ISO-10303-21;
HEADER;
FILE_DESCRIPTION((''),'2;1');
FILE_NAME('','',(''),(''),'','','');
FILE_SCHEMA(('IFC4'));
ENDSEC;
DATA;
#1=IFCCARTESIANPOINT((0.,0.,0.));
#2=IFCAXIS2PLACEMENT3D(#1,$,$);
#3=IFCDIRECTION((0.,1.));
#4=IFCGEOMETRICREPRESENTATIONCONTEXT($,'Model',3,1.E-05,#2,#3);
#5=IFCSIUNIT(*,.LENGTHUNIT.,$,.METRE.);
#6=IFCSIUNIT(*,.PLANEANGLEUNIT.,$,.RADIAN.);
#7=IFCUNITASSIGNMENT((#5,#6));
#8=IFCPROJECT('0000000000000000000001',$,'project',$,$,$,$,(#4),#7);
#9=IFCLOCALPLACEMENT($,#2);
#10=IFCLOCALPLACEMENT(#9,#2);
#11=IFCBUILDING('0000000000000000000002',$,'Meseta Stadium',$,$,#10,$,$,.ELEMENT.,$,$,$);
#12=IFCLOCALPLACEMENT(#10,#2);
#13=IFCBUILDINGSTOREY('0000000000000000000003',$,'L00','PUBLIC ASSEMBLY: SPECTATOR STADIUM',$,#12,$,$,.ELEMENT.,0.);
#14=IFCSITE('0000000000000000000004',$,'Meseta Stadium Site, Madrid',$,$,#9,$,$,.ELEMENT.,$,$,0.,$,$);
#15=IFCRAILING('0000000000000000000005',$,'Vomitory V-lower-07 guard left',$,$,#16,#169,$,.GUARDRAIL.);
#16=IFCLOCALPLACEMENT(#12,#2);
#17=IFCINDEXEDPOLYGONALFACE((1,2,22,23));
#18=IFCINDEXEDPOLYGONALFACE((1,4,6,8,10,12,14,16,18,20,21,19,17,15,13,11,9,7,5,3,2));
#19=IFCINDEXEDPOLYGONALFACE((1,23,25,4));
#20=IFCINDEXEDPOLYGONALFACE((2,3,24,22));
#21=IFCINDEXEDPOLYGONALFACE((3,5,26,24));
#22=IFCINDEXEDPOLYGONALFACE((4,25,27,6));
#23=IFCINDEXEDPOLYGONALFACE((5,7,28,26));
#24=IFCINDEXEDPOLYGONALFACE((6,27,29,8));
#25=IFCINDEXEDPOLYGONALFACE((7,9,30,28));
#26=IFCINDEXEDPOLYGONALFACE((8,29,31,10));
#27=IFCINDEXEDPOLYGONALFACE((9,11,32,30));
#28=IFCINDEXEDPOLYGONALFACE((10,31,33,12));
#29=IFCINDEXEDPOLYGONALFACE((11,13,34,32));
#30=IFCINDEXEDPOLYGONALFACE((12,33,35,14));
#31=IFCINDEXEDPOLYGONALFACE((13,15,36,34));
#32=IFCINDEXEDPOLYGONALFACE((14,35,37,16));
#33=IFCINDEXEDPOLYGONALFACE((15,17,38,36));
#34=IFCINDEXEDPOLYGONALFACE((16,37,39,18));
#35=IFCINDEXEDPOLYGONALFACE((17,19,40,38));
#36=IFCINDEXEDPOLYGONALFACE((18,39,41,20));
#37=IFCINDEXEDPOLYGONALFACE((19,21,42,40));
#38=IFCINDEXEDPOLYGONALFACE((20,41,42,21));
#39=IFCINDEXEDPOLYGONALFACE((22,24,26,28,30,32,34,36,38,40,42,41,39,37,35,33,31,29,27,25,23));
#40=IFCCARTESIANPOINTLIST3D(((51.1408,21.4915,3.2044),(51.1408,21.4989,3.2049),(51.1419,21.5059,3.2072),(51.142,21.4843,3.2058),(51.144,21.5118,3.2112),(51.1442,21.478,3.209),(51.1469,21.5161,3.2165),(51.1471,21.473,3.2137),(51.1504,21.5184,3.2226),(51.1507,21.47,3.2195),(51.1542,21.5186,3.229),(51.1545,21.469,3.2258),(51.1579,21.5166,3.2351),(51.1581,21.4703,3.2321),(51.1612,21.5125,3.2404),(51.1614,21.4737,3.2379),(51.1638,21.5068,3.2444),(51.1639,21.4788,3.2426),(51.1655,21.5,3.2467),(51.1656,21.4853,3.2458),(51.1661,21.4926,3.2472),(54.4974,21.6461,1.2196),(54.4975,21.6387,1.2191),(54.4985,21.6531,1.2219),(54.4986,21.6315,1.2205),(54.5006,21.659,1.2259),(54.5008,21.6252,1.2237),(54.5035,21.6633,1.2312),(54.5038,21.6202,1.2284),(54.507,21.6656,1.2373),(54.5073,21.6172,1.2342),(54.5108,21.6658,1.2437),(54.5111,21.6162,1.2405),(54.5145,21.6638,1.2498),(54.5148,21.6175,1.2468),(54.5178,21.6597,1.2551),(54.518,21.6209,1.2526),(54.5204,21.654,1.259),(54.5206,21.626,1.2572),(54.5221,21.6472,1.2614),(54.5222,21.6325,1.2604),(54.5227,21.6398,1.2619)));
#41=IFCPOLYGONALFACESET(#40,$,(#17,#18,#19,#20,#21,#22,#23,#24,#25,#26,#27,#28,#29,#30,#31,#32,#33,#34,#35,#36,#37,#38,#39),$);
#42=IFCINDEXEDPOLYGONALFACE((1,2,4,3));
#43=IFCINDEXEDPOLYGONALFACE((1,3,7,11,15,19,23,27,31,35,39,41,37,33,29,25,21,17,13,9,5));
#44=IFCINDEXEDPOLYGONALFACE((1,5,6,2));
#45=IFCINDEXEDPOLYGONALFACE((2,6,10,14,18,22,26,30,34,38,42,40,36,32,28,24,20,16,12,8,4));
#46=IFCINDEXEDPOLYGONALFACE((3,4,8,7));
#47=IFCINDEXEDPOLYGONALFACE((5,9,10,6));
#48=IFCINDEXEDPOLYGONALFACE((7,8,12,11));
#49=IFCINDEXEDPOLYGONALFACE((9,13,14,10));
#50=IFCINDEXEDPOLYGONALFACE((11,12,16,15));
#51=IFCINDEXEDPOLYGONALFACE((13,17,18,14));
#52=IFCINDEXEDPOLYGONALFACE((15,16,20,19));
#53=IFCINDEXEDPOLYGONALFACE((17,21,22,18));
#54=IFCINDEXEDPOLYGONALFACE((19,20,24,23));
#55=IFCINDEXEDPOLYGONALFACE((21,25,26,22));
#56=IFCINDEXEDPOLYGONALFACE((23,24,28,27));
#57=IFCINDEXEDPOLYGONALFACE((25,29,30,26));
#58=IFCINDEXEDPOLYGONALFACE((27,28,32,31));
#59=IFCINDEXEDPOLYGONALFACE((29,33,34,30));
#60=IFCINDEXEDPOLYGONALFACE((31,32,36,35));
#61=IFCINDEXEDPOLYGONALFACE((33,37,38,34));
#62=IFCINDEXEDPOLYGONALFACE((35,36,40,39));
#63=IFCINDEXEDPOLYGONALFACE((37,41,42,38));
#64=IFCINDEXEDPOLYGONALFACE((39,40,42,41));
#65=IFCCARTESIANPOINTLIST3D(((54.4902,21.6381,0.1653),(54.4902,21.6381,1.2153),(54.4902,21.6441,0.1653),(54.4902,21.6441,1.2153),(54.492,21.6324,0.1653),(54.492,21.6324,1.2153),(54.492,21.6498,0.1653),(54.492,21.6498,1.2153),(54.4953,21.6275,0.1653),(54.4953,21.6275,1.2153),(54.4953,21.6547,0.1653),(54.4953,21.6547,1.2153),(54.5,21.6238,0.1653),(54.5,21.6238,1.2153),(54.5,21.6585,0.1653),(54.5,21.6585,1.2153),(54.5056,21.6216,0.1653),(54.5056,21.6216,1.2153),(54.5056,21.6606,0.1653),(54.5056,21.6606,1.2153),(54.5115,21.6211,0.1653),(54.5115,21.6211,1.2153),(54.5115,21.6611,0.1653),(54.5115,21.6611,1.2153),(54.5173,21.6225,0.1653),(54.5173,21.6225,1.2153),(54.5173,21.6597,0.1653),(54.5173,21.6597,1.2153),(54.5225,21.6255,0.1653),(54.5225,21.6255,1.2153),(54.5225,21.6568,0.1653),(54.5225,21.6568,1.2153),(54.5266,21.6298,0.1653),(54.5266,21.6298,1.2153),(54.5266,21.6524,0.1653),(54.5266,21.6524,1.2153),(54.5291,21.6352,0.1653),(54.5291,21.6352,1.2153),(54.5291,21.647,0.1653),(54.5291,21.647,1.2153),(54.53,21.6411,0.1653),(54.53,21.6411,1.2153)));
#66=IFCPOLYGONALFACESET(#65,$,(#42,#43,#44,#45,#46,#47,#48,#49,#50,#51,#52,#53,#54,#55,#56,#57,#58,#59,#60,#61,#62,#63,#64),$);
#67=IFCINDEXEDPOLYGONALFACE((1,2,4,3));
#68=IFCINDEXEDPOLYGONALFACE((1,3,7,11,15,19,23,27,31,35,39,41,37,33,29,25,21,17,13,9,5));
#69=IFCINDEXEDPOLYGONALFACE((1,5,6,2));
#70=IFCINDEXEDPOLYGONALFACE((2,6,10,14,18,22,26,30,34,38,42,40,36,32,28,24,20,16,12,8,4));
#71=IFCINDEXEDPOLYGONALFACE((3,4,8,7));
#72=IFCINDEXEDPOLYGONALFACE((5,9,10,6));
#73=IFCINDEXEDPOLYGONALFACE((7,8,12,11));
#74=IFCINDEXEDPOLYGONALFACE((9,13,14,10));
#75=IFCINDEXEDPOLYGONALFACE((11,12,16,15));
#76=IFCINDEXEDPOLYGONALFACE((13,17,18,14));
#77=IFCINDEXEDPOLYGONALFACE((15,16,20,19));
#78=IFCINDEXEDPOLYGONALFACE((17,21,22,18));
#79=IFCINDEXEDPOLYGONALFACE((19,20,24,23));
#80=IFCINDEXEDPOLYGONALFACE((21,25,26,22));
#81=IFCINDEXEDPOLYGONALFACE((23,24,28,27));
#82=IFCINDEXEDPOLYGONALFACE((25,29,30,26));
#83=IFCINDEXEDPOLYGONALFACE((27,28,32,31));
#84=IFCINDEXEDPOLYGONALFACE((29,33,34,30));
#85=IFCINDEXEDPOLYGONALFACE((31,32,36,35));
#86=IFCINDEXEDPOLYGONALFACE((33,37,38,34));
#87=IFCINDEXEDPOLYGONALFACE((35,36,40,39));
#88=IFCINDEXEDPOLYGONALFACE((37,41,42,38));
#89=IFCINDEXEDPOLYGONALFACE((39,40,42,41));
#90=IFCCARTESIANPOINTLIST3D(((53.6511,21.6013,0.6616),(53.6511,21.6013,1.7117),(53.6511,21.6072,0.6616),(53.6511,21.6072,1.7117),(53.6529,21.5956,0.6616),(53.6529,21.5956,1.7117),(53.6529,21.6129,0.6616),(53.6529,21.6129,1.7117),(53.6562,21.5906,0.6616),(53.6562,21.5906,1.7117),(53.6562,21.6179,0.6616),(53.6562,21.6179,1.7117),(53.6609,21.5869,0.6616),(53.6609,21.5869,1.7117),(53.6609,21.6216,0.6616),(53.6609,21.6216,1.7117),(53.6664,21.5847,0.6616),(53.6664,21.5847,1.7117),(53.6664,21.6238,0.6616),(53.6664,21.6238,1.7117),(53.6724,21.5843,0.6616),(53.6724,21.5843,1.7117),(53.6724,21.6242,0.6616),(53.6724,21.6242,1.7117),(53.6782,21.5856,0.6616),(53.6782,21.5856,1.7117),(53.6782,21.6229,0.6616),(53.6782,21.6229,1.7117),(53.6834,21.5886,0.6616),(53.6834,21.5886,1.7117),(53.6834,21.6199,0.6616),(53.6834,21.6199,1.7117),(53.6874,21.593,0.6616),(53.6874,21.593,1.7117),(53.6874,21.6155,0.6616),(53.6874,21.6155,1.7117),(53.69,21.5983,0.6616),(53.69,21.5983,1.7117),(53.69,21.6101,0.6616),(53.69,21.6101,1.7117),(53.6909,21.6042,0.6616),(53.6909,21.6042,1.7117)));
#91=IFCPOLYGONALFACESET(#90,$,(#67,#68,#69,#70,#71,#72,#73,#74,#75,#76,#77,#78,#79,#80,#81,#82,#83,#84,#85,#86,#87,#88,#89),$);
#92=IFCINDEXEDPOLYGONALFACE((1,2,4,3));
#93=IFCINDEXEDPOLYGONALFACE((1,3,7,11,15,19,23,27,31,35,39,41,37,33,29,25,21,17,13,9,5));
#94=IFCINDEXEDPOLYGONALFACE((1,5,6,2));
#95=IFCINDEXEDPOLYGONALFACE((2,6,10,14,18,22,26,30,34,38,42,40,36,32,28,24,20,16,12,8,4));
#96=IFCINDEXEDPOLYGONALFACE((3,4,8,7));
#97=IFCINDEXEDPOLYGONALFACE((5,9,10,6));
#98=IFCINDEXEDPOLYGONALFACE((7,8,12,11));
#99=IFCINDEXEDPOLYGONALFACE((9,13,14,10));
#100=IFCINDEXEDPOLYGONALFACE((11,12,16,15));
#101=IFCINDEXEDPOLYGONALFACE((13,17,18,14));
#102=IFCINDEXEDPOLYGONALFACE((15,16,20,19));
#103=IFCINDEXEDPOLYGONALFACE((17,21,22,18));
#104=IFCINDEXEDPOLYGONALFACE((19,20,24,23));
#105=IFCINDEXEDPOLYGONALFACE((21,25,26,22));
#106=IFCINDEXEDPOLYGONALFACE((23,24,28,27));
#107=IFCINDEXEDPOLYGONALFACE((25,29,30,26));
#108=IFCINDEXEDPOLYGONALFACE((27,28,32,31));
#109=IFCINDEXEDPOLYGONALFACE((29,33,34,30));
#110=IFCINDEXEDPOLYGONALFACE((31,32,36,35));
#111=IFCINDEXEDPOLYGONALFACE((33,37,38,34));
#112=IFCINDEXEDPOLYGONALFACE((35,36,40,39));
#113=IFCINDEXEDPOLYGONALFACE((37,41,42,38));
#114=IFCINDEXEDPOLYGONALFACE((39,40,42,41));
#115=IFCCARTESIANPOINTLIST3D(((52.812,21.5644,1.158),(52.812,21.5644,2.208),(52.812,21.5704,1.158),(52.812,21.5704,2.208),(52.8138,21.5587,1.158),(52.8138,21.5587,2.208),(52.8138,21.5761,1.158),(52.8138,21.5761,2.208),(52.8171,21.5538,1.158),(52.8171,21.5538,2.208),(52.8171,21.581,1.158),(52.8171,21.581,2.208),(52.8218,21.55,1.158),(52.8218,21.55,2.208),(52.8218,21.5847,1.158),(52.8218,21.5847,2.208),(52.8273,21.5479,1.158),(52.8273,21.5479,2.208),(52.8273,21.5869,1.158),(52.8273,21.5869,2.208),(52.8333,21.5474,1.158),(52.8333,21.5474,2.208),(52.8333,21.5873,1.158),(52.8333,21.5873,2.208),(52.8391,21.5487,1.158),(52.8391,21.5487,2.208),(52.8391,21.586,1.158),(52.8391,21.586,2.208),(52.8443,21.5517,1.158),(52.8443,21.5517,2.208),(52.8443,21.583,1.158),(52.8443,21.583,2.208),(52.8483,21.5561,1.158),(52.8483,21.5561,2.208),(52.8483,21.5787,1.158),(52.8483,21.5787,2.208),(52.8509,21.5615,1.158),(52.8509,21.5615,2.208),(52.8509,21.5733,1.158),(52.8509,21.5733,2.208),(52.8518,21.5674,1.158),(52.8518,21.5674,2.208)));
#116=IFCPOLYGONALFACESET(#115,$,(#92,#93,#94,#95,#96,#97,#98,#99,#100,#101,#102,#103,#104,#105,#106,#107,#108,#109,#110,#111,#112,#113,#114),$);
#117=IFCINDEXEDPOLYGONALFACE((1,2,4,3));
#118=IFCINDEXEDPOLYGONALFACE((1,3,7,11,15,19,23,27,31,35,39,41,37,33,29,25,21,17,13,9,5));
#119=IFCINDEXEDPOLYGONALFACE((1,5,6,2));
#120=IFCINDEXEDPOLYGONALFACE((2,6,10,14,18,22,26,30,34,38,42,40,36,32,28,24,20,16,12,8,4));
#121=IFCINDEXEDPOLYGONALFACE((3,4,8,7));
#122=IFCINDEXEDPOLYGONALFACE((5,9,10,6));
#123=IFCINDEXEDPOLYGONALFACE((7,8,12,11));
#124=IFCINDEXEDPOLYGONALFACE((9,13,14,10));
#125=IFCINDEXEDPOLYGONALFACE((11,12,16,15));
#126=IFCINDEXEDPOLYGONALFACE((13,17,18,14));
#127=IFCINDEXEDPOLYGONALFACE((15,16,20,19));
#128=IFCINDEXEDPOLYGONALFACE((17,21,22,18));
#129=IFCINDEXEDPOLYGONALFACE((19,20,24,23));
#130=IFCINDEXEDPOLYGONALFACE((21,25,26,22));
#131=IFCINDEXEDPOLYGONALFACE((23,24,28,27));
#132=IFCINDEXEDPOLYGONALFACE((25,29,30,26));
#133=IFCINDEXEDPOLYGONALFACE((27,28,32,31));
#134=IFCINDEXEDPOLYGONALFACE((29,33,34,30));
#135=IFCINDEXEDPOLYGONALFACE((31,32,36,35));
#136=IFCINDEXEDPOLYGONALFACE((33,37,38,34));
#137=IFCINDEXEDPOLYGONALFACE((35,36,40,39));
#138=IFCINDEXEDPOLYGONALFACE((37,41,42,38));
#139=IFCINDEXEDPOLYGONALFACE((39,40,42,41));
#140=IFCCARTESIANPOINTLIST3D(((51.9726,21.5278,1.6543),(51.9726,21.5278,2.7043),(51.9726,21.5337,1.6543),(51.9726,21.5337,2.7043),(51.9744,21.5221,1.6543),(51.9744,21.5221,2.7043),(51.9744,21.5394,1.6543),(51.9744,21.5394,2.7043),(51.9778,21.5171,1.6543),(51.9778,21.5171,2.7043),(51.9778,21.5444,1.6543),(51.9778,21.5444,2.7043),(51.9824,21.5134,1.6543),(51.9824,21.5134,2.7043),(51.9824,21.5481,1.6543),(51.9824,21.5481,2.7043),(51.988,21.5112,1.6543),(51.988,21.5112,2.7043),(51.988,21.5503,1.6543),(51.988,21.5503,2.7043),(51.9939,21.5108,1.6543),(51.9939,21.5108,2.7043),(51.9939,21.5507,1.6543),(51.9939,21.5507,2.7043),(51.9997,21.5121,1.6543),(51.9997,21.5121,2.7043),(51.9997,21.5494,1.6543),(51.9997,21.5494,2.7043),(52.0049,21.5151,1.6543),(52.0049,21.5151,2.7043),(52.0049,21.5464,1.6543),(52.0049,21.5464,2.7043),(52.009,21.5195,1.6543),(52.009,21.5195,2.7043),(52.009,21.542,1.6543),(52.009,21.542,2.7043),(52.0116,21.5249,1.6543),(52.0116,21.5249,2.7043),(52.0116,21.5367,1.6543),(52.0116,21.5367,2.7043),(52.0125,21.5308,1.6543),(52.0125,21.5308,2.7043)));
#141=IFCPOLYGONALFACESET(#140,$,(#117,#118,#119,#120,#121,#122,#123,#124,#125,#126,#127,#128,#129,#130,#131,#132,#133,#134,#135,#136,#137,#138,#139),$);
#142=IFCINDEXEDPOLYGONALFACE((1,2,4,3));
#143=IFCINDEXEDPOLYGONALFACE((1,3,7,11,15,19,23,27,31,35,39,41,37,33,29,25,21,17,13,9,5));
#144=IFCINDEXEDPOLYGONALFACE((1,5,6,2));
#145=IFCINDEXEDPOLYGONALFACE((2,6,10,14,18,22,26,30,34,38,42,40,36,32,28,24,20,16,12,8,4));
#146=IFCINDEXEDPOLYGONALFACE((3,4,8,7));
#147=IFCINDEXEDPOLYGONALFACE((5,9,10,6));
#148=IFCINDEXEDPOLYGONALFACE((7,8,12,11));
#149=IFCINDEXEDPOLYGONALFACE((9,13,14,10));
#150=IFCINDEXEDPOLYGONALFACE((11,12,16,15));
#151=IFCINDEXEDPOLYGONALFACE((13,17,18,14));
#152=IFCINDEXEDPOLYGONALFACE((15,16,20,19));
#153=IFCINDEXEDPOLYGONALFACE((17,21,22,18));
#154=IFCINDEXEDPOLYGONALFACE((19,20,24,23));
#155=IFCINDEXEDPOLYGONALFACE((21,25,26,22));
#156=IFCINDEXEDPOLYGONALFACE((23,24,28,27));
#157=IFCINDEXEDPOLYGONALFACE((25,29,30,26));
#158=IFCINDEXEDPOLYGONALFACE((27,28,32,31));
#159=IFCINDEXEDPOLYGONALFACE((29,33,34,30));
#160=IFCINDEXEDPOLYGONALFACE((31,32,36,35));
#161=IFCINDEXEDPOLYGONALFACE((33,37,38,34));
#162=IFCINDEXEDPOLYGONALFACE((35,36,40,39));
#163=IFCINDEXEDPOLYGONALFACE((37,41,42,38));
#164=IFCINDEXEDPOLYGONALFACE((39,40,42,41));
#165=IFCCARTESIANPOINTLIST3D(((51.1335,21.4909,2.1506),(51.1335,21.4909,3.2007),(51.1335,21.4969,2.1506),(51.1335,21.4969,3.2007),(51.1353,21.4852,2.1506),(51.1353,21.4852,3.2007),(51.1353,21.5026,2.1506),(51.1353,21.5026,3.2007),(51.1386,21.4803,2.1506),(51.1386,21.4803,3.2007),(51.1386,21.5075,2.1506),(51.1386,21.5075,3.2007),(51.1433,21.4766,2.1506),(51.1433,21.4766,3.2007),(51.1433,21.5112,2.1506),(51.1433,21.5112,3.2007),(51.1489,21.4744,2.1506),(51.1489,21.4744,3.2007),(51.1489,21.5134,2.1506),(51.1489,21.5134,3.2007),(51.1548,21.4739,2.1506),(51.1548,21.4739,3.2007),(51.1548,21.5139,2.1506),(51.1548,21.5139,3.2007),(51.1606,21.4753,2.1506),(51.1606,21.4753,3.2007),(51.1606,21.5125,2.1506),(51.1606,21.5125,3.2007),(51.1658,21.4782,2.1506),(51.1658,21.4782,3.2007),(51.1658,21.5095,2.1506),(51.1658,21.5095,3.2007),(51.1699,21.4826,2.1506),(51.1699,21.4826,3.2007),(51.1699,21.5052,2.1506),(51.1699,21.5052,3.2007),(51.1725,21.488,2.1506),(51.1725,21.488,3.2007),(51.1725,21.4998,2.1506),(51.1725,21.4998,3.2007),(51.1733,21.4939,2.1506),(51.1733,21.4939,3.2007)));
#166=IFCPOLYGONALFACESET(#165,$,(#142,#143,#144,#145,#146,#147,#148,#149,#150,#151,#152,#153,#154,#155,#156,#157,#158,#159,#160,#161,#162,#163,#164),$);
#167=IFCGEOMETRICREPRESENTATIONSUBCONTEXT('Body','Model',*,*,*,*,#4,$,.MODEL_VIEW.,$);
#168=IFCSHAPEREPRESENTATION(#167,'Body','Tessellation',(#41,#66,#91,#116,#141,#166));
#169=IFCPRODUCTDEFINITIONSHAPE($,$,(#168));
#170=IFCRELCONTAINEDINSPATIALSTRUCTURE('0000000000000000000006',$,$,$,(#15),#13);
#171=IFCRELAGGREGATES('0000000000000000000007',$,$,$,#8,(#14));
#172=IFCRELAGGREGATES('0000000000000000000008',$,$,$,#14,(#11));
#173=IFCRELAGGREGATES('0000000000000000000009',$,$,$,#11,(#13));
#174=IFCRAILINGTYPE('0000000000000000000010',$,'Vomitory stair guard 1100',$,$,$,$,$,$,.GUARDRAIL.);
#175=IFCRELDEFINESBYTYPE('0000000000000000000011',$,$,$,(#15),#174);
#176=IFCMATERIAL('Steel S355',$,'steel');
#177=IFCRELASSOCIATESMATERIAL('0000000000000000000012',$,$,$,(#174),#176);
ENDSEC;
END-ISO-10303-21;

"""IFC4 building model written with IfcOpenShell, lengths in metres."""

from ifc_helpers import new_model, si_unit, direction, frame, origin, origin_2d, place, context, subcontext, project, spatial, circle, extrude, material, type_object, element, save


model = new_model("IFC4")

# Units and contexts
model_context = context("Model", 3, precision=1e-05, world=origin(), true_north=direction((0.0, 1.0)))
body_context = subcontext(model_context, "Body", "Model", "MODEL_VIEW")
ifc_project = project(units=[si_unit("LENGTHUNIT", "METRE"), si_unit("PLANEANGLEUNIT", "RADIAN")], contexts=[model_context])

# Site, building, storey
site_placement = place(None, origin())
site = spatial("IfcSite", under=ifc_project, at=site_placement, Name="Meseta Stadium Site, Madrid", CompositionType="ELEMENT", RefElevation=0.0)
building_placement = place(site_placement, origin())
building = spatial("IfcBuilding", under=site, at=building_placement, Name="Meseta Stadium", CompositionType="ELEMENT")
storey_placement = place(building_placement, origin())
storey = spatial("IfcBuildingStorey", under=building, at=storey_placement, Name="L00", Description="PUBLIC ASSEMBLY: SPECTATOR STADIUM", CompositionType="ELEMENT", Elevation=0.0)

# Railing
ifc_material_1 = material(Name="Steel S355", Category="steel")
railing_type_1 = type_object("IfcRailingType", Name="Vomitory stair guard 1100", PredefinedType="GUARDRAIL", material=ifc_material_1)
for number, where, name in (
    (1, (54.51, 21.6411, 0.1653), "Vomitory V-lower-07 guard left"),
):
    element("IfcRailing", number, at=place(storey_placement, frame(where)), inside=storey, type_object=railing_type_1, Name=name, PredefinedType="GUARDRAIL", context=body_context, shape_type="SweptSolid", body=[
        extrude(circle(Radius=0.0249, at=origin_2d()), frame((0.0, 0.0, 1.0752), z_axis=(-0.860106, -0.037722, 0.508719), x_axis=(0.043816, -0.99904, 0.0)), (0.0, 0.0, 1.0), 3.9026),
        extrude(circle(Radius=0.02, at=origin_2d()), origin(), (0.0, 0.0, 1.0), 1.05),
        extrude(circle(Radius=0.02, at=origin_2d()), frame((-0.8391, -0.0369, 0.4963)), (0.0, 0.0, 1.0), 1.05),
        extrude(circle(Radius=0.02, at=origin_2d()), frame((-1.6782, -0.0737, 0.9927)), (0.0, 0.0, 1.0), 1.05),
        extrude(circle(Radius=0.02, at=origin_2d()), frame((-2.5176, -0.1104, 1.489)), (0.0, 0.0, 1.0), 1.05),
        extrude(circle(Radius=0.02, at=origin_2d()), frame((-3.3567, -0.1472, 1.9854)), (0.0, 0.0, 1.0), 1.05),
    ])

save(model, "model.ifc")
